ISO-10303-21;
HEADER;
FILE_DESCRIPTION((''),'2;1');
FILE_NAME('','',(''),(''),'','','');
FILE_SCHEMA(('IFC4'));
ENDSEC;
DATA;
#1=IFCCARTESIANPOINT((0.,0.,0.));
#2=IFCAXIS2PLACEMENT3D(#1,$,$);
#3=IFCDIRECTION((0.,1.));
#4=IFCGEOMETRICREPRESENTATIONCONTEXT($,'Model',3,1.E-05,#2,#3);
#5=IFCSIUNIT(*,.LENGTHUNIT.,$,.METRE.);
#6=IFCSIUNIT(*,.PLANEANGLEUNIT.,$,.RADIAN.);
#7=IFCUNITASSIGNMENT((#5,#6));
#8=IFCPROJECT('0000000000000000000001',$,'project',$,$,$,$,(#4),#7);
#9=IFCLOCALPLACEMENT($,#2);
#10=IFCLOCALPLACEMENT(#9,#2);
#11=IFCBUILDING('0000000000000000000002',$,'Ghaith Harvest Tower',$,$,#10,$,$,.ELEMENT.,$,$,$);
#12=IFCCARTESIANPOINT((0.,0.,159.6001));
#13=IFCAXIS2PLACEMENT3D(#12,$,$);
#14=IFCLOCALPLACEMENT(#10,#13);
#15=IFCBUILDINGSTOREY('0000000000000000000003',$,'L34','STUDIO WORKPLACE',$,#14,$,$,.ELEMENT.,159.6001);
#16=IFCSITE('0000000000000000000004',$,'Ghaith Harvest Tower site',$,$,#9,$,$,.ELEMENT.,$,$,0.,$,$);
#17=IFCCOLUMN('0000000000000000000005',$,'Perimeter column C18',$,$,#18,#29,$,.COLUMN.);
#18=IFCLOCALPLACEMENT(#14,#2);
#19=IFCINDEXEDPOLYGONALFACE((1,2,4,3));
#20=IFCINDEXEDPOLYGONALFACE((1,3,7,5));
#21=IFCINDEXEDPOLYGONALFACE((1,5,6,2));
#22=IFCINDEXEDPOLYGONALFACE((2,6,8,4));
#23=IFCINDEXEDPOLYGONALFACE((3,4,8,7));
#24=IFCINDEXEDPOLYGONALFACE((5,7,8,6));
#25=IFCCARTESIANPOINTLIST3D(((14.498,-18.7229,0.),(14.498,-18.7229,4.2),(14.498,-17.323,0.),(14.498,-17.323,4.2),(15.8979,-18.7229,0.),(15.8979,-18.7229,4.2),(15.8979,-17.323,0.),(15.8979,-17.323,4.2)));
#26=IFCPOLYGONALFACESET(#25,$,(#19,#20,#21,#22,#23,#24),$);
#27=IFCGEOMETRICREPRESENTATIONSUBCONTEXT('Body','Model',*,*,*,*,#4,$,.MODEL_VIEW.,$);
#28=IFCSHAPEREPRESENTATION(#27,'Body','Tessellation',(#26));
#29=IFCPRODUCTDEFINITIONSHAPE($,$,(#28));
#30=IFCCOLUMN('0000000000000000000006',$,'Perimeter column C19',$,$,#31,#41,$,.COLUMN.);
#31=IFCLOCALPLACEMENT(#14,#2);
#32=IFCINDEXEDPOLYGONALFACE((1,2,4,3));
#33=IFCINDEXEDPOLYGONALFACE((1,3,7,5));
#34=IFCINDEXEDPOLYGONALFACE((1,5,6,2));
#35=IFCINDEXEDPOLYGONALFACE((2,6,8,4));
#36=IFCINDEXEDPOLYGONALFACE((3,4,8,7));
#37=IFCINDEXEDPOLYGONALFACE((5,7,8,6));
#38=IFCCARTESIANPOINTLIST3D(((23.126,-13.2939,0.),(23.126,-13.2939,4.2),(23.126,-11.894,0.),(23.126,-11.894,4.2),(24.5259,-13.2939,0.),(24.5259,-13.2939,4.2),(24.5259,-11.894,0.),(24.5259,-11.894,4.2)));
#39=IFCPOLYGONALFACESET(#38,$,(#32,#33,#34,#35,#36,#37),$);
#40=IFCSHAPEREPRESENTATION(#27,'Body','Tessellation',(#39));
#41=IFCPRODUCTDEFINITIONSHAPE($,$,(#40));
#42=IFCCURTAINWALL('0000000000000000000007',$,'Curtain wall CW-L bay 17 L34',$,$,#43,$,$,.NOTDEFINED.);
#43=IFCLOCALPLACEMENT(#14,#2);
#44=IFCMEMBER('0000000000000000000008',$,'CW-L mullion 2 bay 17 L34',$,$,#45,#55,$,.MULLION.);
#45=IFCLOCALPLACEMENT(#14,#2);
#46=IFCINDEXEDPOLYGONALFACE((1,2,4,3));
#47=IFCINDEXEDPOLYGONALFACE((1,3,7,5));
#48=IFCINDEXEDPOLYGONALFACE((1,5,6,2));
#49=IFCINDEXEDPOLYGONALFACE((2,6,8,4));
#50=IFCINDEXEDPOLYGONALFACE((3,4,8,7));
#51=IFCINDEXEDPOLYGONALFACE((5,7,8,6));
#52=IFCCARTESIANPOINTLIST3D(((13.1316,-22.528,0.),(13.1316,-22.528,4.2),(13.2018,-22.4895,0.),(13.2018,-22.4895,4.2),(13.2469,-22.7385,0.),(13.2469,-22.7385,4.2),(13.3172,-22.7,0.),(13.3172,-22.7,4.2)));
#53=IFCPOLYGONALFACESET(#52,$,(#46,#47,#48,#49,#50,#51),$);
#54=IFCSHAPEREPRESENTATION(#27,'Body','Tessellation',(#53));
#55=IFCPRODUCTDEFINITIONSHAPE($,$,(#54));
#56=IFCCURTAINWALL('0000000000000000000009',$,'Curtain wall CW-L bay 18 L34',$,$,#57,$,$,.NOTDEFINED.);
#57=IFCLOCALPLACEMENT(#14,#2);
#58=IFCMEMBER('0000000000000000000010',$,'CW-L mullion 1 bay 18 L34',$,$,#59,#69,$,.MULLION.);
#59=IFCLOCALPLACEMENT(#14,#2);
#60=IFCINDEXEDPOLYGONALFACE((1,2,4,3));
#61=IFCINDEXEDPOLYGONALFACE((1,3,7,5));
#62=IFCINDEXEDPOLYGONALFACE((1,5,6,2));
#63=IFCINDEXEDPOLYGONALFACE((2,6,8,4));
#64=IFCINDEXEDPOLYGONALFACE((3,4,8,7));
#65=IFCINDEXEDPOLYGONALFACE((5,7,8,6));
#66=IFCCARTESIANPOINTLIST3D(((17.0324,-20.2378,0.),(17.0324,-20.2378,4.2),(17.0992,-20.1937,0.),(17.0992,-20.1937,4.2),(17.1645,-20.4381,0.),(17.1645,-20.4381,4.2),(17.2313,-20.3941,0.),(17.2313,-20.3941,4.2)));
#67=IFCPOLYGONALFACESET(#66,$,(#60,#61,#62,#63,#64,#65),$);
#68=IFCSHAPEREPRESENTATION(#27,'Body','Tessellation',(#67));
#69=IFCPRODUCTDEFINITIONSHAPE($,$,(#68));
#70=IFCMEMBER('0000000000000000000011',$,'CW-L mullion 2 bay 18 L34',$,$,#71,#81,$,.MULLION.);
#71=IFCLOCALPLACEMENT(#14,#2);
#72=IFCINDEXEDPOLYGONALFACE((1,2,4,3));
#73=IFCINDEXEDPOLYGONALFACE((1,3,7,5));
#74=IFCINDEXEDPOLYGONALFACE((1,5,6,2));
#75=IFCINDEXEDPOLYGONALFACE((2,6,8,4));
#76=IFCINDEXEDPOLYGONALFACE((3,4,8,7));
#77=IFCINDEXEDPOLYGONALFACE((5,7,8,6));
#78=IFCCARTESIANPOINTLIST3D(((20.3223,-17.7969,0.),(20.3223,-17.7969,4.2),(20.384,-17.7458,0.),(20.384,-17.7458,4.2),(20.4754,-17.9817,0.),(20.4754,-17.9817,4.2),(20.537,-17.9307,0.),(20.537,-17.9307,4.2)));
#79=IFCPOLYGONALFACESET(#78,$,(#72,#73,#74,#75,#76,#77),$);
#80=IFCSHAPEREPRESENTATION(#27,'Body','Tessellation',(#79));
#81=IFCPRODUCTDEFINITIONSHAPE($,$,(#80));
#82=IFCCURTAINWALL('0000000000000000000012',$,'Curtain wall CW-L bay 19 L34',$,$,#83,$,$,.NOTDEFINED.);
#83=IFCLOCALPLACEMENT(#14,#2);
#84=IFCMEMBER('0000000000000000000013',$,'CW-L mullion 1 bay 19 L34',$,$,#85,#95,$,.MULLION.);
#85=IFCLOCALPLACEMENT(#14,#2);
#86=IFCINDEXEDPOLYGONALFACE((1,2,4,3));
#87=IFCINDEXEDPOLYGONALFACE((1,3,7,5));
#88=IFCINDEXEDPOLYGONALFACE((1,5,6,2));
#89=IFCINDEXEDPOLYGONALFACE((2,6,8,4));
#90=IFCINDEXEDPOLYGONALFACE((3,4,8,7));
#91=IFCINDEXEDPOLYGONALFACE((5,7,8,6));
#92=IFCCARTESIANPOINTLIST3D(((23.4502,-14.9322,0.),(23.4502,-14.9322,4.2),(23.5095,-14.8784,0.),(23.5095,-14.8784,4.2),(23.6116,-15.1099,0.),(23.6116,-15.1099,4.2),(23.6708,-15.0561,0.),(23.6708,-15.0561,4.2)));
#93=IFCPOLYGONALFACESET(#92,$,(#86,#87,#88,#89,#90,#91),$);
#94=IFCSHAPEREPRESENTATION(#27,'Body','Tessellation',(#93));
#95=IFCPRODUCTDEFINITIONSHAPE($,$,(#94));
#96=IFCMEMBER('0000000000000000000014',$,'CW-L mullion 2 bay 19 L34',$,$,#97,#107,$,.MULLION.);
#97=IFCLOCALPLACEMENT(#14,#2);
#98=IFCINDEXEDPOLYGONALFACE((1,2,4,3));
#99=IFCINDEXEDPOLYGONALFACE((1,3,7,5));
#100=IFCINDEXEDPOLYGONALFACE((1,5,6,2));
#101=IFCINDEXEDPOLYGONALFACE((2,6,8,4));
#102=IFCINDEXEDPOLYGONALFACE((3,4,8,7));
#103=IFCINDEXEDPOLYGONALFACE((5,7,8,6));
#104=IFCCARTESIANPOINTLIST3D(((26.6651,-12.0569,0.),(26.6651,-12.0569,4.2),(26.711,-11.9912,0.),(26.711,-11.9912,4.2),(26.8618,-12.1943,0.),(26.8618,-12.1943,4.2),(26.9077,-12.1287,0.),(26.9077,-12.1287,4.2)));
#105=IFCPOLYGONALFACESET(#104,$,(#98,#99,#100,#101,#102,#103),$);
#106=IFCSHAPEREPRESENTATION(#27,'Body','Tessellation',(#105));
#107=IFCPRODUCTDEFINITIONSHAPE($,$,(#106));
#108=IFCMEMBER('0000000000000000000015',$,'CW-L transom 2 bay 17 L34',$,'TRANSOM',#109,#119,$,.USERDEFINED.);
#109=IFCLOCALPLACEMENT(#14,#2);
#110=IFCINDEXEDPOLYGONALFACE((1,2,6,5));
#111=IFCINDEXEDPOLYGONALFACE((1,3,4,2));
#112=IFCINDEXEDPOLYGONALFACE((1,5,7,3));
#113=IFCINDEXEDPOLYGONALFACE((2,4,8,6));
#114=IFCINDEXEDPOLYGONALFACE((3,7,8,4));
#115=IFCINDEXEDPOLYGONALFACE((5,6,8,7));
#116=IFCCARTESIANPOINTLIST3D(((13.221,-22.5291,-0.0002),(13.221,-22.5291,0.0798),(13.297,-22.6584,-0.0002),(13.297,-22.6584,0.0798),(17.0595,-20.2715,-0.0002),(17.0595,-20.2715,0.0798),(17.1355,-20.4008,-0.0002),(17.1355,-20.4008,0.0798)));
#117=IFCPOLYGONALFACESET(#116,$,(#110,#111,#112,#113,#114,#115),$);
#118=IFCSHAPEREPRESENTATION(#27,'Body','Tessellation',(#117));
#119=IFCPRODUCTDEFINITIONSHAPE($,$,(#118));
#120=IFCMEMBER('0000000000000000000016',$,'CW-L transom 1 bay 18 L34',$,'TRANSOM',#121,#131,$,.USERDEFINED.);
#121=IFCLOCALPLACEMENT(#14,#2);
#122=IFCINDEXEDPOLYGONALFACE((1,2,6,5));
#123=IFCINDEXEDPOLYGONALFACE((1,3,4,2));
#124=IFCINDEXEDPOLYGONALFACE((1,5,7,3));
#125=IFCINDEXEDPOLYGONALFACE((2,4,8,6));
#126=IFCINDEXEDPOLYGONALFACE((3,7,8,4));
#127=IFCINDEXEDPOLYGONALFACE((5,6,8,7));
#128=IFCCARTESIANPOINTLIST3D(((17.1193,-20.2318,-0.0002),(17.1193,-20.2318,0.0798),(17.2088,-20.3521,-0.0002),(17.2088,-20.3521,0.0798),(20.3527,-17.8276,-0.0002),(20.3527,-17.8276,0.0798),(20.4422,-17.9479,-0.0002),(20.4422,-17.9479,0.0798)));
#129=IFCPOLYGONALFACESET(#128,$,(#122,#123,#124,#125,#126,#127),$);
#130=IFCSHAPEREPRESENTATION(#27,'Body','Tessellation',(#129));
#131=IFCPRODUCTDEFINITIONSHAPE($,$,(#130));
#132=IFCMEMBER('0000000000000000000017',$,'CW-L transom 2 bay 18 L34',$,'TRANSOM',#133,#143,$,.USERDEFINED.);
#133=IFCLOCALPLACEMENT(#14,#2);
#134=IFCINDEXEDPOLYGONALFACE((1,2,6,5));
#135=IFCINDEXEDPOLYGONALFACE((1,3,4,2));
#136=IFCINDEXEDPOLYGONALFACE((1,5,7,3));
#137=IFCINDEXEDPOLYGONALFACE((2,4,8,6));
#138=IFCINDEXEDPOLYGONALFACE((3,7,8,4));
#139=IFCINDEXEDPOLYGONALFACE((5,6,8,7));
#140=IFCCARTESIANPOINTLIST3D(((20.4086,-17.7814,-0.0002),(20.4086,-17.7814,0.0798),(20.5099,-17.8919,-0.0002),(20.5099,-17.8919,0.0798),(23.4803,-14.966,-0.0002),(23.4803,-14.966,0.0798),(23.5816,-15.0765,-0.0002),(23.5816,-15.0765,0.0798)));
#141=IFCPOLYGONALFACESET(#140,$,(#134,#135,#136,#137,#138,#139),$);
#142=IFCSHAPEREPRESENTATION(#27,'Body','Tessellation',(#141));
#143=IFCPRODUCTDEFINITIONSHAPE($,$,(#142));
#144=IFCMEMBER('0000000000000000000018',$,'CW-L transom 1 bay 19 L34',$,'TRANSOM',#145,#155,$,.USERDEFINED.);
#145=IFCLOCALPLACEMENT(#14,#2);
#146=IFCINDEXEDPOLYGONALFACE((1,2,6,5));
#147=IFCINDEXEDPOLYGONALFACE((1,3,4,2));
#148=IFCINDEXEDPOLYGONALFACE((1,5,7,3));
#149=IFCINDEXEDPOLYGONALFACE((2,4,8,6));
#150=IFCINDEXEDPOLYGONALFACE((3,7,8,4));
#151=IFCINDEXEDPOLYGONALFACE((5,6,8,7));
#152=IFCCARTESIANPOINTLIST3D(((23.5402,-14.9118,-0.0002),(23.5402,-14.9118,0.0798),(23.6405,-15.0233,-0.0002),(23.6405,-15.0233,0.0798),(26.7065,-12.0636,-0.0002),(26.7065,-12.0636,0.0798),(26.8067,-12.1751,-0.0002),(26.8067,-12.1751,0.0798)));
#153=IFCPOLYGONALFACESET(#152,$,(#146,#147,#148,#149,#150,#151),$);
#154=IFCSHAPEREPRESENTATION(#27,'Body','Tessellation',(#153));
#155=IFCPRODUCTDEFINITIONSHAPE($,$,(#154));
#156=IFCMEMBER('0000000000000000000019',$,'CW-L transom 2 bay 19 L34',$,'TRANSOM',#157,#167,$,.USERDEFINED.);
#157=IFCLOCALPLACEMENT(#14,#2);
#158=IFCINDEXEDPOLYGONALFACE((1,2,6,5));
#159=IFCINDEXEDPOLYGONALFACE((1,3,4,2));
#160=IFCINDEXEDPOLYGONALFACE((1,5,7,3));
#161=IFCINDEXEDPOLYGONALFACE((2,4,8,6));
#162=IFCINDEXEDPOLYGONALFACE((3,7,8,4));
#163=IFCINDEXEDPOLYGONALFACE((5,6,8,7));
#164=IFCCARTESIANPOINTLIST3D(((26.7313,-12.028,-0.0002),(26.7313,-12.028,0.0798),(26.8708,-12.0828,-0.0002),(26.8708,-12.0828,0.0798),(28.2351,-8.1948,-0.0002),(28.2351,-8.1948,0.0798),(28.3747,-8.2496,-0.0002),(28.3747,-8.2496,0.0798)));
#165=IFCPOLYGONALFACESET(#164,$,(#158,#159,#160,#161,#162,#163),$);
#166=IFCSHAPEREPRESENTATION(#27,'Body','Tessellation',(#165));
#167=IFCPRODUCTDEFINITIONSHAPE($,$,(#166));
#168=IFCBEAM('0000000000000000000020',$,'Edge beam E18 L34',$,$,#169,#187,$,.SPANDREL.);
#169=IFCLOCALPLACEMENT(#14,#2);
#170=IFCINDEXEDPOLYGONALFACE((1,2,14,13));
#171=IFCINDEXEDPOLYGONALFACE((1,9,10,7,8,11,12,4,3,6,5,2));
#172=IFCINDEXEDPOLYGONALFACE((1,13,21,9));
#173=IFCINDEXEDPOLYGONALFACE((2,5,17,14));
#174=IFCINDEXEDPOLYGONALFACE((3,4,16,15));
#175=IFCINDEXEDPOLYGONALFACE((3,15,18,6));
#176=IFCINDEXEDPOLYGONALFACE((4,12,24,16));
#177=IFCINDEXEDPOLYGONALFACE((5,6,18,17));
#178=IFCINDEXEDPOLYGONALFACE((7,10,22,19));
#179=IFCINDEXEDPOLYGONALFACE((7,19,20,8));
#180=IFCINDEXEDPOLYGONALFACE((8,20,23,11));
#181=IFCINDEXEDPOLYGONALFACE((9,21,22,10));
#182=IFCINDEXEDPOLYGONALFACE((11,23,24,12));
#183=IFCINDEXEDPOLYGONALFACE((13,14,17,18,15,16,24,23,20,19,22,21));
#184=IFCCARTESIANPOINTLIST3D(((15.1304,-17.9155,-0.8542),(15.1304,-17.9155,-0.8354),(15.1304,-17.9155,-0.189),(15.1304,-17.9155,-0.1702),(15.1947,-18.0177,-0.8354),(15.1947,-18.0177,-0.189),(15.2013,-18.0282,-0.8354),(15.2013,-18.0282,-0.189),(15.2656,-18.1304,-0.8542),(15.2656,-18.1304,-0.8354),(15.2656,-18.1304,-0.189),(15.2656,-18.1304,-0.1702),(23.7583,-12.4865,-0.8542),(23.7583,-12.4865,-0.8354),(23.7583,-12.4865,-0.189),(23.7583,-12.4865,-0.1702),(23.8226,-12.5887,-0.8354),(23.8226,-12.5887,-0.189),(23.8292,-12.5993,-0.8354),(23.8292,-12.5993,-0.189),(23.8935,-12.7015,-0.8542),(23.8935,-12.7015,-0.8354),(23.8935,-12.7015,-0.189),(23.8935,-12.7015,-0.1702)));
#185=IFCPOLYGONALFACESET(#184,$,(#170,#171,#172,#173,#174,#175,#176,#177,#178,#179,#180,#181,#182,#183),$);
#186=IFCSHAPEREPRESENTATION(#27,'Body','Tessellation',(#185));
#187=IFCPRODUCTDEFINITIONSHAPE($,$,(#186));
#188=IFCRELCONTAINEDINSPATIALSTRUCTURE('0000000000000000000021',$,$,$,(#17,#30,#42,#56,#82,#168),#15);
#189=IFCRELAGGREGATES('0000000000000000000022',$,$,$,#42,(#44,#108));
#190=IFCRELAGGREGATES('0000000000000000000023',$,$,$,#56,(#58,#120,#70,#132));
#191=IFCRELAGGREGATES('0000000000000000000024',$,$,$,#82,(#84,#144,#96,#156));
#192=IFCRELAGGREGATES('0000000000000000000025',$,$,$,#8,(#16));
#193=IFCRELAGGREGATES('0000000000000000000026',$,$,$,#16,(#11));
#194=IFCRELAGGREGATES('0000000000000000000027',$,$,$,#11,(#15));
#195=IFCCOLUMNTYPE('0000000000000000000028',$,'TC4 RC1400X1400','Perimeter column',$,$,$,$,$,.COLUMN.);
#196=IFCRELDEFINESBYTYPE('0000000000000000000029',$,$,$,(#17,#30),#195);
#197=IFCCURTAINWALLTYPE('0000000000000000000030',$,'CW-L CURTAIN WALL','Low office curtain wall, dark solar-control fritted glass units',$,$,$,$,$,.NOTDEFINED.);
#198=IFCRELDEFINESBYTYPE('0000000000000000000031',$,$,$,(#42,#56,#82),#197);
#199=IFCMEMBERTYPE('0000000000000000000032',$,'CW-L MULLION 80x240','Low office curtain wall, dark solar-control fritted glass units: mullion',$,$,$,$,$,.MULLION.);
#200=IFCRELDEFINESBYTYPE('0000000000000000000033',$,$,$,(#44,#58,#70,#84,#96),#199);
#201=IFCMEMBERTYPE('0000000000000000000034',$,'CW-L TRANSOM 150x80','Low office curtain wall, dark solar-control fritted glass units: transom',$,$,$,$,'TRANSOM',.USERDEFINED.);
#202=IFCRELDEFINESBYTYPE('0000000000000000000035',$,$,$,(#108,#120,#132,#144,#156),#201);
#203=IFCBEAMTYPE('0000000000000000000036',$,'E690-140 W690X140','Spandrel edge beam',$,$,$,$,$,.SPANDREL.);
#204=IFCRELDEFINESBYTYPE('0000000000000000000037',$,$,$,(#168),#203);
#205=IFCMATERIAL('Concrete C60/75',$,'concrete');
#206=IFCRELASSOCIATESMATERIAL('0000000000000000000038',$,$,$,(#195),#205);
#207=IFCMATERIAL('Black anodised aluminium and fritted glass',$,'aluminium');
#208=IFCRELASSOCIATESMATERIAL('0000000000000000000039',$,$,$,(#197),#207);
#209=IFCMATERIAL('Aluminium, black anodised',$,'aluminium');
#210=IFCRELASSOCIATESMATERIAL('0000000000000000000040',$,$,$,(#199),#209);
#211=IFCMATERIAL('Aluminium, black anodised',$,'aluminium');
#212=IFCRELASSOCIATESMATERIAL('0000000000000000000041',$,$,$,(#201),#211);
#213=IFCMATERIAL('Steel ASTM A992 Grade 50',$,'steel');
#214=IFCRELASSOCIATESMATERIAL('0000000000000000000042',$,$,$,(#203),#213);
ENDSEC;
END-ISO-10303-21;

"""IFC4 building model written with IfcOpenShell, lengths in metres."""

from ifc_helpers import new_model, si_unit, direction, frame, origin, origin_2d, place, context, subcontext, project, spatial, rectangle, i_section, extrude, material, material_profile, profile_set, type_object, element, aggregate, save


model = new_model("IFC4")

# Units and contexts
model_context = context("Model", 3, precision=1e-05, world=origin(), true_north=direction((0.0, 1.0)))
body_context = subcontext(model_context, "Body", "Model", "MODEL_VIEW")
ifc_project = project(units=[si_unit("LENGTHUNIT", "METRE"), si_unit("PLANEANGLEUNIT", "RADIAN")], contexts=[model_context])

# Site, building, storey
site_placement = place(None, origin())
site = spatial("IfcSite", under=ifc_project, at=site_placement, Name="Ghaith Harvest Tower site", CompositionType="ELEMENT", RefElevation=0.0)
building_placement = place(site_placement, origin())
building = spatial("IfcBuilding", under=site, at=building_placement, Name="Ghaith Harvest Tower", CompositionType="ELEMENT")
storey_placement = place(building_placement, frame((0.0, 0.0, 159.6001)))
storey = spatial("IfcBuildingStorey", under=building, at=storey_placement, Name="L34", Description="STUDIO WORKPLACE", CompositionType="ELEMENT", Elevation=159.6001)

# Columns
ifc_material_1 = material(Name="Concrete C60/75", Category="concrete")
ifc_material_profile_1 = material_profile(ifc_material_1, rectangle(XDim=1.3999, YDim=1.3999, at=origin_2d()), Name="RC1400X1400")
ifc_profile_set_1 = profile_set([ifc_material_profile_1], Name="Concrete C60/75")
column_type = type_object("IfcColumnType", Name="TC4 RC1400X1400", Description="Perimeter column", PredefinedType="COLUMN", material=ifc_profile_set_1)
for number, where, z_axis, x_axis, name in (
    (1, (15.198, -18.0229, 0.0), (0.0, 0.0, 1.0), (1.0, 0.0, 0.0), "Perimeter column C18"),
    (2, (23.8259, -12.594, 0.0), (0.0, 0.0, 1.0), (1.0, 0.0, 0.0), "Perimeter column C19"),
):
    element("IfcColumn", number, at=place(storey_placement, frame(where, z_axis=z_axis, x_axis=x_axis)), inside=storey, type_object=column_type, Name=name, PredefinedType="COLUMN", context=body_context, shape_type="SweptSolid", body=[
        extrude(rectangle(XDim=1.3999, YDim=1.3999, at=origin_2d()), origin(), (0.0, 0.0, 1.0), 4.2),
    ])

# Curtain wall, member
ifc_material_2 = material(Name="Black anodised aluminium and fritted glass", Category="aluminium")
curtain_wall_type = type_object("IfcCurtainWallType", Name="CW-L CURTAIN WALL", Description="Low office curtain wall, dark solar-control fritted glass units", PredefinedType="NOTDEFINED", material=ifc_material_2)
curtain_wall_1_placement = place(storey_placement, origin())
curtain_wall_1 = element("IfcCurtainWall", 3, at=curtain_wall_1_placement, inside=storey, type_object=curtain_wall_type, Name="Curtain wall CW-L bay 17 L34", PredefinedType="NOTDEFINED")
ifc_material_3 = material(Name="Aluminium, black anodised", Category="aluminium")
ifc_material_profile_2 = material_profile(ifc_material_3, rectangle(XDim=0.0801, YDim=0.24, at=origin_2d()), Name="CW-L MULLION 80x240")
ifc_profile_set_2 = profile_set([ifc_material_profile_2], Name="Aluminium, black anodised")
member_type_1 = type_object("IfcMemberType", Name="CW-L MULLION 80x240", Description="Low office curtain wall, dark solar-control fritted glass units: mullion", PredefinedType="MULLION", material=ifc_profile_set_2)
member_1_placement = place(storey_placement, frame((13.2244, -22.614, 0.0), z_axis=(0.0, 0.0, 1.0), x_axis=(0.876899, 0.480675, 0.0)))
member_1 = element("IfcMember", 4, at=member_1_placement, type_object=member_type_1, Name="CW-L mullion 2 bay 17 L34", PredefinedType="MULLION", context=body_context, shape_type="SweptSolid", body=[
    extrude(rectangle(XDim=0.0801, YDim=0.24, at=origin_2d()), origin(), (0.0, 0.0, 1.0), 4.2),
])

# Curtain walls, members
curtain_wall_2_placement = place(storey_placement, origin())
curtain_wall_2 = element("IfcCurtainWall", 5, at=curtain_wall_2_placement, inside=storey, type_object=curtain_wall_type, Name="Curtain wall CW-L bay 18 L34", PredefinedType="NOTDEFINED")
member_2_placement = place(storey_placement, frame((17.1318, -20.3159, 0.0), z_axis=(0.0, 0.0, 1.0), x_axis=(0.834887, 0.550421, 0.0)))
member_2 = element("IfcMember", 6, at=member_2_placement, type_object=member_type_1, Name="CW-L mullion 1 bay 18 L34", PredefinedType="MULLION", context=body_context, shape_type="SweptSolid", body=[
    extrude(rectangle(XDim=0.0801, YDim=0.24, at=origin_2d()), origin(), (0.0, 0.0, 1.0), 4.2),
])
member_3_placement = place(storey_placement, frame((20.4297, -17.8638, 0.0), z_axis=(0.0, 0.0, 1.0), x_axis=(0.770306, 0.637674, 0.0)))
member_3 = element("IfcMember", 7, at=member_3_placement, type_object=member_type_1, Name="CW-L mullion 2 bay 18 L34", PredefinedType="MULLION", context=body_context, shape_type="SweptSolid", body=[
    extrude(rectangle(XDim=0.0801, YDim=0.24, at=origin_2d()), origin(), (0.0, 0.0, 1.0), 4.2),
])
curtain_wall_3_placement = place(storey_placement, origin())
curtain_wall_3 = element("IfcCurtainWall", 8, at=curtain_wall_3_placement, inside=storey, type_object=curtain_wall_type, Name="Curtain wall CW-L bay 19 L34", PredefinedType="NOTDEFINED")
member_4_placement = place(storey_placement, frame((23.5605, -14.9941, 0.0), z_axis=(0.0, 0.0, 1.0), x_axis=(0.740389, 0.672179, 0.0)))
member_4 = element("IfcMember", 9, at=member_4_placement, type_object=member_type_1, Name="CW-L mullion 1 bay 19 L34", PredefinedType="MULLION", context=body_context, shape_type="SweptSolid", body=[
    extrude(rectangle(XDim=0.0801, YDim=0.24, at=origin_2d()), origin(), (0.0, 0.0, 1.0), 4.2),
])
member_5_placement = place(storey_placement, frame((26.7864, -12.0928, 0.0), z_axis=(0.0, 0.0, 1.0), x_axis=(0.572853, 0.819658, 0.0)))
member_5 = element("IfcMember", 10, at=member_5_placement, type_object=member_type_1, Name="CW-L mullion 2 bay 19 L34", PredefinedType="MULLION", context=body_context, shape_type="SweptSolid", body=[
    extrude(rectangle(XDim=0.0801, YDim=0.24, at=origin_2d()), origin(), (0.0, 0.0, 1.0), 4.2),
])

# Members
ifc_material_4 = material(Name="Aluminium, black anodised", Category="aluminium")
ifc_material_profile_3 = material_profile(ifc_material_4, rectangle(XDim=0.1499, YDim=0.0801, at=origin_2d()), Name="CW-L TRANSOM 150x80")
ifc_profile_set_3 = profile_set([ifc_material_profile_3], Name="Aluminium, black anodised")
member_type_2 = type_object("IfcMemberType", Name="CW-L TRANSOM 150x80", Description="Low office curtain wall, dark solar-control fritted glass units: transom", ElementType="TRANSOM", PredefinedType="USERDEFINED", material=ifc_profile_set_3)
member_6_placement = place(storey_placement, frame((13.259, -22.5938, 0.0398), z_axis=(0.861964, 0.50697, 0.0), x_axis=(-0.50697, 0.861964, 0.0)))
member_6 = element("IfcMember", 11, at=member_6_placement, type_object=member_type_2, Name="CW-L transom 2 bay 17 L34", ObjectType="TRANSOM", PredefinedType="USERDEFINED", context=body_context, shape_type="SweptSolid", body=[
    extrude(rectangle(XDim=0.1499, YDim=0.0801, at=origin_2d()), origin(), (0.0, 0.0, 1.0), 4.4531),
])
member_7_placement = place(storey_placement, frame((17.1641, -20.292, 0.0398), z_axis=(0.802465, 0.596699, 0.0), x_axis=(-0.596699, 0.802465, 0.0)))
member_7 = element("IfcMember", 12, at=member_7_placement, type_object=member_type_2, Name="CW-L transom 1 bay 18 L34", ObjectType="TRANSOM", PredefinedType="USERDEFINED", context=body_context, shape_type="SweptSolid", body=[
    extrude(rectangle(XDim=0.1499, YDim=0.0801, at=origin_2d()), origin(), (0.0, 0.0, 1.0), 4.0293),
])
member_8_placement = place(storey_placement, frame((20.4592, -17.8367, 0.0398), z_axis=(0.737198, 0.675677, 0.0), x_axis=(-0.675677, 0.737198, 0.0)))
member_8 = element("IfcMember", 13, at=member_8_placement, type_object=member_type_2, Name="CW-L transom 2 bay 18 L34", ObjectType="TRANSOM", PredefinedType="USERDEFINED", context=body_context, shape_type="SweptSolid", body=[
    extrude(rectangle(XDim=0.1499, YDim=0.0801, at=origin_2d()), origin(), (0.0, 0.0, 1.0), 4.1667),
])
member_9_placement = place(storey_placement, frame((23.5903, -14.9675, 0.0398), z_axis=(0.743468, 0.668772, 0.0), x_axis=(-0.668772, 0.743468, 0.0)))
member_9 = element("IfcMember", 14, at=member_9_placement, type_object=member_type_2, Name="CW-L transom 1 bay 19 L34", ObjectType="TRANSOM", PredefinedType="USERDEFINED", context=body_context, shape_type="SweptSolid", body=[
    extrude(rectangle(XDim=0.1499, YDim=0.0801, at=origin_2d()), origin(), (0.0, 0.0, 1.0), 4.2588),
])
member_10_placement = place(storey_placement, frame((26.801, -12.0554, 0.0398), z_axis=(0.365229, 0.930918, 0.0), x_axis=(-0.930918, 0.365229, 0.0)))
member_10 = element("IfcMember", 15, at=member_10_placement, type_object=member_type_2, Name="CW-L transom 2 bay 19 L34", ObjectType="TRANSOM", PredefinedType="USERDEFINED", context=body_context, shape_type="SweptSolid", body=[
    extrude(rectangle(XDim=0.1499, YDim=0.0801, at=origin_2d()), origin(), (0.0, 0.0, 1.0), 4.1177),
])

# Beam
ifc_material_5 = material(Name="Steel ASTM A992 Grade 50", Category="steel")
ifc_material_profile_4 = material_profile(ifc_material_5, i_section(OverallWidth=0.2539, OverallDepth=0.6841, WebThickness=0.0125, FlangeThickness=0.0188, at=origin_2d()), Name="W690X140")
ifc_profile_set_4 = profile_set([ifc_material_profile_4], Name="Steel ASTM A992 Grade 50")
beam_type = type_object("IfcBeamType", Name="E690-140 W690X140", Description="Spandrel edge beam", PredefinedType="SPANDREL", material=ifc_profile_set_4)
beam_1_placement = place(storey_placement, frame((15.198, -18.0229, -0.5122), z_axis=(0.846385, 0.532571, 0.0), x_axis=(-0.532571, 0.846385, 0.0)))
element("IfcBeam", 16, at=beam_1_placement, inside=storey, type_object=beam_type, Name="Edge beam E18 L34", PredefinedType="SPANDREL", context=body_context, shape_type="SweptSolid", body=[
    extrude(i_section(OverallWidth=0.2539, OverallDepth=0.6841, WebThickness=0.0125, FlangeThickness=0.0188, at=origin_2d()), origin(), (0.0, 0.0, 1.0), 10.1938),
])

aggregate(curtain_wall_1, [member_1, member_6])
aggregate(curtain_wall_2, [member_2, member_7, member_3, member_8])
aggregate(curtain_wall_3, [member_4, member_9, member_5, member_10])

save(model, "model.ifc")
